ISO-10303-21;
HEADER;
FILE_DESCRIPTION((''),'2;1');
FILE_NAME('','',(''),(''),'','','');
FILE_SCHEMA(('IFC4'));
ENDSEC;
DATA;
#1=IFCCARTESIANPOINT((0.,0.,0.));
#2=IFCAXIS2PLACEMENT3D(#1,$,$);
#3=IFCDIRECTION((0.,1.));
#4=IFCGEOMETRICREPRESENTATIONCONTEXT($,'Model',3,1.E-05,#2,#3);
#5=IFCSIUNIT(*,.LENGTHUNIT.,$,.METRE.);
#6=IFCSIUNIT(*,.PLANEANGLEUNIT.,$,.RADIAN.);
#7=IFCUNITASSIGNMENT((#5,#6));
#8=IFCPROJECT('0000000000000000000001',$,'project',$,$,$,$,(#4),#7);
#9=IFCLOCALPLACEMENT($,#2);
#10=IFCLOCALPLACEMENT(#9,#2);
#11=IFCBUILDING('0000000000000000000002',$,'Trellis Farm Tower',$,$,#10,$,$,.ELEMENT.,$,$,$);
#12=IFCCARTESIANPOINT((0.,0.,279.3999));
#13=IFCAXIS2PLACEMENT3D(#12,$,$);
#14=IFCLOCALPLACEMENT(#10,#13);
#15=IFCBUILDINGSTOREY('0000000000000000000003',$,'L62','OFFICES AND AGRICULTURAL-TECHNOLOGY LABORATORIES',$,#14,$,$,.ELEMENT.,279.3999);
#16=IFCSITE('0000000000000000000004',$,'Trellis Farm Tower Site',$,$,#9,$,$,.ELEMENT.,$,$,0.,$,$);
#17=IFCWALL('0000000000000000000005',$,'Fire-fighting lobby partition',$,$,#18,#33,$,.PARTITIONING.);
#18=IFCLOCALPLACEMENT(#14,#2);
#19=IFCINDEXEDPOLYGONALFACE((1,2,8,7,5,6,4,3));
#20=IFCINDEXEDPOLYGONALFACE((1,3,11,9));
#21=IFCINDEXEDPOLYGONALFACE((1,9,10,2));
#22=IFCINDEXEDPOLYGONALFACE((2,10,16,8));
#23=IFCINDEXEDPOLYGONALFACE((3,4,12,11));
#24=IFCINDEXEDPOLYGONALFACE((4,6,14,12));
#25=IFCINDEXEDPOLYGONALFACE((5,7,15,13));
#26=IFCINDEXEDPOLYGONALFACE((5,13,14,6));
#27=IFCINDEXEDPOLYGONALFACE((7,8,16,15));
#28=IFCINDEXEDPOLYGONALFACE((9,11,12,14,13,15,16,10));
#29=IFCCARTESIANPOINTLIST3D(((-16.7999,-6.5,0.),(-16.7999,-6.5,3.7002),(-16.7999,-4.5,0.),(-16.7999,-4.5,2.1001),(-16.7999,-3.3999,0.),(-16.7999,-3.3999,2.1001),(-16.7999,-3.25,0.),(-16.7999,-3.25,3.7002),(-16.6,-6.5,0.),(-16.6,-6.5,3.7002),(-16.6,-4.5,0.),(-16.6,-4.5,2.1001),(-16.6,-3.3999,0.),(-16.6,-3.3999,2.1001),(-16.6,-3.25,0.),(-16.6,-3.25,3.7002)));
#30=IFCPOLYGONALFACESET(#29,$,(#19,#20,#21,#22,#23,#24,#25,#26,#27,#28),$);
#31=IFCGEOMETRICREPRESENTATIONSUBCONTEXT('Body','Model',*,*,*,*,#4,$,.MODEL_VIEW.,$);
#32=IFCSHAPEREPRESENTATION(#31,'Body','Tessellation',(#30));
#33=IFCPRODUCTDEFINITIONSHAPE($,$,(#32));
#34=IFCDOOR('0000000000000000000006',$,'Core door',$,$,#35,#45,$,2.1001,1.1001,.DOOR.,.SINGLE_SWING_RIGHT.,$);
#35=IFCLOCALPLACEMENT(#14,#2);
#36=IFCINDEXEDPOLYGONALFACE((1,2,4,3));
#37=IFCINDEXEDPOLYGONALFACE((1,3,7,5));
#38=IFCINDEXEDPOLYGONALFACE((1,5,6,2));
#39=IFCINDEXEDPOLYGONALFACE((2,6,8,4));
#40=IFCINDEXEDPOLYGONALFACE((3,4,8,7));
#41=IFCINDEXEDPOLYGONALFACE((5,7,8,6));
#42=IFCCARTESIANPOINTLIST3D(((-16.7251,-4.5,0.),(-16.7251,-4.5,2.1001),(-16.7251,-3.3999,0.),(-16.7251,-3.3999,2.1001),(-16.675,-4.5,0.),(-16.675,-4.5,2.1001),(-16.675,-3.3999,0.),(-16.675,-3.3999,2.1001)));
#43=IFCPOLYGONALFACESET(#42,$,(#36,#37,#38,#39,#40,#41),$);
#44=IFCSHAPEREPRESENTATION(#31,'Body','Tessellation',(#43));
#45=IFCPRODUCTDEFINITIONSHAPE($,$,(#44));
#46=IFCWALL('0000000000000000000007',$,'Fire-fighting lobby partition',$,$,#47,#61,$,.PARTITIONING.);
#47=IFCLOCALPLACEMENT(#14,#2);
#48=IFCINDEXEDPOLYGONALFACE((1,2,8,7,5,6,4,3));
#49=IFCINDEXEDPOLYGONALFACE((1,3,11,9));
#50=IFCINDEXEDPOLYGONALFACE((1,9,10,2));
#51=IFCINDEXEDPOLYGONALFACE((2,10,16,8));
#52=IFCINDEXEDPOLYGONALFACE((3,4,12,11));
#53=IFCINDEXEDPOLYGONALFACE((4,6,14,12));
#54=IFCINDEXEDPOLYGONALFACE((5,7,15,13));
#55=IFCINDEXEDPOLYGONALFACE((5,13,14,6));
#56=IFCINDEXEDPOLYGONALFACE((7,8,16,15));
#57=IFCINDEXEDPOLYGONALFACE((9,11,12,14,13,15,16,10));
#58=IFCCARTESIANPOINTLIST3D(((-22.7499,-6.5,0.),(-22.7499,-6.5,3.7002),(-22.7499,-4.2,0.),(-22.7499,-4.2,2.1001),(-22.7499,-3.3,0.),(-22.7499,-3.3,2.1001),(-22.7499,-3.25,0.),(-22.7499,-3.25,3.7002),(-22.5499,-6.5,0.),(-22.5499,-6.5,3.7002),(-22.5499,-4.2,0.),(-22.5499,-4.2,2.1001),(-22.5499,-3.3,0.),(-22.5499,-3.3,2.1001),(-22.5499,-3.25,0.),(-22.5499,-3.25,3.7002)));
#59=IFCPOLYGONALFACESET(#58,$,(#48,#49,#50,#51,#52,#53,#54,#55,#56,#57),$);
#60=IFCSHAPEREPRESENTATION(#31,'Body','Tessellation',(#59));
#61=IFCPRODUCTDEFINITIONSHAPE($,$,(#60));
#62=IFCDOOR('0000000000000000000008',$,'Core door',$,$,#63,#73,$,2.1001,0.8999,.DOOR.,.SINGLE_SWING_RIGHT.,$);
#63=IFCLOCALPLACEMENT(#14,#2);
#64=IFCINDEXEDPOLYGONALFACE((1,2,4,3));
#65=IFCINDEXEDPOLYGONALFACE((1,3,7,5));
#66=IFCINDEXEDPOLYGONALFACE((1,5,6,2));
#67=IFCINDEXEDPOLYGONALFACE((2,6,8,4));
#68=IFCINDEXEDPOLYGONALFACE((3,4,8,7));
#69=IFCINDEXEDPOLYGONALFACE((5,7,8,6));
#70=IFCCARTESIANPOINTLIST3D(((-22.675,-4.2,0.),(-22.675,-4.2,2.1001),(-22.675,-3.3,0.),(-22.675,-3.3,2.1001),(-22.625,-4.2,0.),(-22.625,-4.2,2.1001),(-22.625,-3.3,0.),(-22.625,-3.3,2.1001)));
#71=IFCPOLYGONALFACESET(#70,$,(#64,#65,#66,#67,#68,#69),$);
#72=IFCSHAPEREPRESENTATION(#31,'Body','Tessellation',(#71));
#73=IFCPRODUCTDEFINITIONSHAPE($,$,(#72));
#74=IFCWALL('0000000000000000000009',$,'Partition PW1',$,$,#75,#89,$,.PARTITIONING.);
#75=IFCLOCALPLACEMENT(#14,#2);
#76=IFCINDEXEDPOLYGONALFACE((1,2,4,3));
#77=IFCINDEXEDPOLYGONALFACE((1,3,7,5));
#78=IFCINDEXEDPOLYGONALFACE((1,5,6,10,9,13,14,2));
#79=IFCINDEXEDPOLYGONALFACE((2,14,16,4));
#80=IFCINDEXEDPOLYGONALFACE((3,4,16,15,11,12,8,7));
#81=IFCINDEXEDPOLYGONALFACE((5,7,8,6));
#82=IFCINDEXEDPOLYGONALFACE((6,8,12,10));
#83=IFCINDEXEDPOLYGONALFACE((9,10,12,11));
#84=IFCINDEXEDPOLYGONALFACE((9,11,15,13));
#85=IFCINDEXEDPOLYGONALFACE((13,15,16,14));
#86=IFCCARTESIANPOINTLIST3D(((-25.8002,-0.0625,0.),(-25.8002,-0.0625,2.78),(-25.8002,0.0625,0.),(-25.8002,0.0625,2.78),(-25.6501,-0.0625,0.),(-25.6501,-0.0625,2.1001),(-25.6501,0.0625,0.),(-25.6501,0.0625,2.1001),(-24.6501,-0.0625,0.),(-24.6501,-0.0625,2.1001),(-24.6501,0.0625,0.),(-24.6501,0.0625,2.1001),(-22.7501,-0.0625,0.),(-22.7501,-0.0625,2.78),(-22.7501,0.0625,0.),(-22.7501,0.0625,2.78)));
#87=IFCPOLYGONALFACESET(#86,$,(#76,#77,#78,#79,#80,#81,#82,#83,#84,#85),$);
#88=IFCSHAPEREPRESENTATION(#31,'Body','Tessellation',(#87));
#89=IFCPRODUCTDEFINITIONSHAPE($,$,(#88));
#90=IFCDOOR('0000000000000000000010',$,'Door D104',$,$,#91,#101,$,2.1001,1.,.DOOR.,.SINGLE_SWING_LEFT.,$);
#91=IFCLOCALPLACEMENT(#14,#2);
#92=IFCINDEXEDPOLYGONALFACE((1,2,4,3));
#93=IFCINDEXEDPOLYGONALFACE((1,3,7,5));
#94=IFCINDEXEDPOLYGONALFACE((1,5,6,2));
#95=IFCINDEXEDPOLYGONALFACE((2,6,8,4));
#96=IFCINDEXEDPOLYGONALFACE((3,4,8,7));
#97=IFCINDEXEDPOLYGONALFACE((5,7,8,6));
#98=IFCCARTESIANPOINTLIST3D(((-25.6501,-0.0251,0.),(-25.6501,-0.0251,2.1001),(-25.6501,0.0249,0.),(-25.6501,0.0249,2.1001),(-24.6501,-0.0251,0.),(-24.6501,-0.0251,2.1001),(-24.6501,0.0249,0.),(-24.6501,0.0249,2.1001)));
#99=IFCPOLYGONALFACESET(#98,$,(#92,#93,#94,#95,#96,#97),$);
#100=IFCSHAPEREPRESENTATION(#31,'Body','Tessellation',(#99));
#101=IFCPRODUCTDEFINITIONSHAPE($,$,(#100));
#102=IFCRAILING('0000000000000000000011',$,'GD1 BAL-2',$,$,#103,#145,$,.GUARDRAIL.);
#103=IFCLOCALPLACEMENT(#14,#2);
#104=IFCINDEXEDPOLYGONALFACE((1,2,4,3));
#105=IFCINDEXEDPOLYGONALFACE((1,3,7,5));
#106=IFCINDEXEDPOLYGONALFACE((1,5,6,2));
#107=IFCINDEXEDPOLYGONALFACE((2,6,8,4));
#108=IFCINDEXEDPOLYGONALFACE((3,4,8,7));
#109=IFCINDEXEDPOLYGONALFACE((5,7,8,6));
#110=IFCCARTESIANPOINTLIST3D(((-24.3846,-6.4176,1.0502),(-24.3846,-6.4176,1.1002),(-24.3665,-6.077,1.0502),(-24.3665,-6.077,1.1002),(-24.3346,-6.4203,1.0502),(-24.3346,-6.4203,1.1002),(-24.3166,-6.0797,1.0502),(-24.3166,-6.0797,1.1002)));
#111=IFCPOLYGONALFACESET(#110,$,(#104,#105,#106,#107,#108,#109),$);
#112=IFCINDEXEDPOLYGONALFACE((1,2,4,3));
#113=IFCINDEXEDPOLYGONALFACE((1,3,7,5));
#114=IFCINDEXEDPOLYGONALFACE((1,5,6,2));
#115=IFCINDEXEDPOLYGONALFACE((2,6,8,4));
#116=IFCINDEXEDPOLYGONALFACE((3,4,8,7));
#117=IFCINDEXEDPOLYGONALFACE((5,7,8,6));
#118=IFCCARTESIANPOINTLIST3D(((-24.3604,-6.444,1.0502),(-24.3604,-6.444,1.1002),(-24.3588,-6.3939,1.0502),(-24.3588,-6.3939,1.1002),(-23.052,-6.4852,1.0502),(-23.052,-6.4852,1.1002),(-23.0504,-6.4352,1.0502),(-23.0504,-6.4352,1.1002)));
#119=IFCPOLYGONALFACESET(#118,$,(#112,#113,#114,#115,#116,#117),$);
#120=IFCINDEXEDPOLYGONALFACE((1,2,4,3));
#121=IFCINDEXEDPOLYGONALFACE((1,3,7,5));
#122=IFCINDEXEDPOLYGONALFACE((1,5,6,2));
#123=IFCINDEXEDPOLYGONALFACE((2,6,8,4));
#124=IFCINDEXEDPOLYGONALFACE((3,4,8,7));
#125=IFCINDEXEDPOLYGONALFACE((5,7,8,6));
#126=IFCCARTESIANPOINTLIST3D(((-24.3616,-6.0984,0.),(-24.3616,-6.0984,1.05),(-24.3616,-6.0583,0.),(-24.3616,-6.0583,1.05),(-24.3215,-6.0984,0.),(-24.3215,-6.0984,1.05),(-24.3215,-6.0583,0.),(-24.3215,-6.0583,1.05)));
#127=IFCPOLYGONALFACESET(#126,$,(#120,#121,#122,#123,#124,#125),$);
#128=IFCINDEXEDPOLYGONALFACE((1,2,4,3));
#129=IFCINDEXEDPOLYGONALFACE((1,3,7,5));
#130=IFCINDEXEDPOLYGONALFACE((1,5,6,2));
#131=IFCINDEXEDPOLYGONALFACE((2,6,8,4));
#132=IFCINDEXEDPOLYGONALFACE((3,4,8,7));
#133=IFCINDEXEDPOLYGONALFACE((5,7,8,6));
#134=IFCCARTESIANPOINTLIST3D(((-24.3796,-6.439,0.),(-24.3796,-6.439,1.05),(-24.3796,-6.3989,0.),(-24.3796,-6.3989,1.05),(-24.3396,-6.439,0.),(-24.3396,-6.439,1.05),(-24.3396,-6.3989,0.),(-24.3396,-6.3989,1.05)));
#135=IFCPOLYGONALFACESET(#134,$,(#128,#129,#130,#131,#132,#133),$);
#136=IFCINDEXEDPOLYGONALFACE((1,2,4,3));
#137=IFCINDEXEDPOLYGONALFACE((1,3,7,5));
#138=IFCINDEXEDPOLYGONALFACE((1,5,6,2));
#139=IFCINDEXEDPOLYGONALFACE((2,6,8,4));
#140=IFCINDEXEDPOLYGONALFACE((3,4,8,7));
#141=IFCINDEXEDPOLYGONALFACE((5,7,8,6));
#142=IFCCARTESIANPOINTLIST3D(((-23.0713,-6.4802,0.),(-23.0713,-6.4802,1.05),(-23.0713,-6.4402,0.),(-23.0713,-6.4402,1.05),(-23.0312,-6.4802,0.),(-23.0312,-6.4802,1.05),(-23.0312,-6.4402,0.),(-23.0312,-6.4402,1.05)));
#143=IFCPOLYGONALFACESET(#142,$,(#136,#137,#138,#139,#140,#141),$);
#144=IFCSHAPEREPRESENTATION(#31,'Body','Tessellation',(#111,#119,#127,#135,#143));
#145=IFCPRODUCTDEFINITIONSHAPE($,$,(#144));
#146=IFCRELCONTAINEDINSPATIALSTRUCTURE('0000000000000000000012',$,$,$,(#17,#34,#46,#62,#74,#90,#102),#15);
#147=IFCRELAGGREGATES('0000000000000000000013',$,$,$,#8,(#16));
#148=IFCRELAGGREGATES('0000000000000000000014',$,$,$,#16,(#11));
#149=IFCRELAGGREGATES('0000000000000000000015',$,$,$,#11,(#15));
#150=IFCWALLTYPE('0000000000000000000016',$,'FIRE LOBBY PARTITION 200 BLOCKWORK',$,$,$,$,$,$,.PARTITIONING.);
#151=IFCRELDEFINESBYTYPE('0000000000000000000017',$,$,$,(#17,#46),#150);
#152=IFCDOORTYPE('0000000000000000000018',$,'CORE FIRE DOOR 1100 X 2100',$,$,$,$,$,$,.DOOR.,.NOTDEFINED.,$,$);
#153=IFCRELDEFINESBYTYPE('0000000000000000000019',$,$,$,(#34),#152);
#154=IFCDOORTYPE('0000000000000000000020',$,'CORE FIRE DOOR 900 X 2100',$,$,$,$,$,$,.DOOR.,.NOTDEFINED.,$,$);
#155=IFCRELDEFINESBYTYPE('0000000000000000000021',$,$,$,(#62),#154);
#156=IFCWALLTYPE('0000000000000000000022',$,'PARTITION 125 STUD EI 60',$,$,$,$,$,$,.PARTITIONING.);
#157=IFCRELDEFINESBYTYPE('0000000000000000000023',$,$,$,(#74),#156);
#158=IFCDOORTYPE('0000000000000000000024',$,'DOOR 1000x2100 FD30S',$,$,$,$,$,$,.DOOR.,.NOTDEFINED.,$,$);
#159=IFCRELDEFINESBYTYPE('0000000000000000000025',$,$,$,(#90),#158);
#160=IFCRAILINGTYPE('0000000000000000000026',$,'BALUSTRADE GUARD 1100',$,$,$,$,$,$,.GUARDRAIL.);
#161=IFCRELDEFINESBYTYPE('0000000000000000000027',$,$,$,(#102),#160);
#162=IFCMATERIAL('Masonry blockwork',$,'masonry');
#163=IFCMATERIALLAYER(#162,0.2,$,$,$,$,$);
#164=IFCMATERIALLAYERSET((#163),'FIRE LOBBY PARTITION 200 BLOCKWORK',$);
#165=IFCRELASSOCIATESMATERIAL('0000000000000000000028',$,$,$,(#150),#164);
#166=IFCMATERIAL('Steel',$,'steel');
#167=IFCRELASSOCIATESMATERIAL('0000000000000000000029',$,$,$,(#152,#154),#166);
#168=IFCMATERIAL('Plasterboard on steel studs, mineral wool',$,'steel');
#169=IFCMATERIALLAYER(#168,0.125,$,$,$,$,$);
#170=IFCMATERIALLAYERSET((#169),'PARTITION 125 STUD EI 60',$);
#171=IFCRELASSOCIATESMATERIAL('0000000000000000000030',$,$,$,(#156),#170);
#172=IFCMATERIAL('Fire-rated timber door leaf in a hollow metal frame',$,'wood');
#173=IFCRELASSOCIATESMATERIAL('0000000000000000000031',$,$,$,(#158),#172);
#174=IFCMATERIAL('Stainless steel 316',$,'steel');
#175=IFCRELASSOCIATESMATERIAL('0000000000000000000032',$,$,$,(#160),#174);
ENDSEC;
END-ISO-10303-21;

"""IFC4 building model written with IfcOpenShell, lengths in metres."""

from ifc_helpers import new_model, si_unit, direction, frame, frame_2d, origin, origin_2d, place, context, subcontext, project, spatial, rectangle, extrude, source, transform, mapped, material, layer, layer_set, type_object, element, fill, save


model = new_model("IFC4")

# Units and contexts
model_context = context("Model", 3, precision=1e-05, world=origin(), true_north=direction((0.0, 1.0)))
body_context = subcontext(model_context, "Body", "Model", "MODEL_VIEW")
ifc_project = project(units=[si_unit("LENGTHUNIT", "METRE"), si_unit("PLANEANGLEUNIT", "RADIAN")], contexts=[model_context])

# Site, building, storey
site_placement = place(None, origin())
site = spatial("IfcSite", under=ifc_project, at=site_placement, Name="Trellis Farm Tower Site", CompositionType="ELEMENT", RefElevation=0.0)
building_placement = place(site_placement, origin())
building = spatial("IfcBuilding", under=site, at=building_placement, Name="Trellis Farm Tower", CompositionType="ELEMENT")
storey_placement = place(building_placement, frame((0.0, 0.0, 279.3999)))
storey = spatial("IfcBuildingStorey", under=building, at=storey_placement, Name="L62", Description="OFFICES AND AGRICULTURAL-TECHNOLOGY LABORATORIES", CompositionType="ELEMENT", Elevation=279.3999)

# Walls, openings, doors
ifc_material_1 = material(Name="Masonry blockwork", Category="masonry")
ifc_layer_1 = layer(ifc_material_1, 0.2)
ifc_layer_set_1 = layer_set([ifc_layer_1], Name="FIRE LOBBY PARTITION 200 BLOCKWORK")
wall_type_1 = type_object("IfcWallType", Name="FIRE LOBBY PARTITION 200 BLOCKWORK", PredefinedType="PARTITIONING", material=ifc_layer_set_1)
shared_shape_1 = source(origin(), body_context, "Body", "SweptSolid", [
    extrude(rectangle(XDim=3.25, YDim=0.2, at=frame_2d((1.625, 0.0))), origin(), (0.0, 0.0, 1.0), 3.7002),
])
wall_1_placement = place(storey_placement, frame((-16.7, -3.25, 0.0), z_axis=(0.0, 0.0, 1.0), x_axis=(0.0, -1.0, 0.0)))
wall_1 = element("IfcWall", 1, at=wall_1_placement, inside=storey, type_object=wall_type_1, Name="Fire-fighting lobby partition", PredefinedType="PARTITIONING", context=body_context, shape_type="MappedRepresentation", body=[
    mapped(shared_shape_1, transform((0.0, 0.0, 0.0))),
])
shared_shape_2 = source(origin(), body_context, "Body", "SweptSolid", [
    extrude(rectangle(XDim=1.1001, YDim=2.1001, at=frame_2d((0.55, 1.05))), frame((0.0, 0.1101, 0.0), z_axis=(0.0, -1.0, 0.0), x_axis=(1.0, 0.0, 0.0)), (0.0, 0.0, 1.0), 0.2202),
])
opening_1_placement = place(wall_1_placement, frame((0.1499, 0.0, 0.0)))
opening_1 = element("IfcOpeningElement", 2, at=opening_1_placement, cuts=wall_1, PredefinedType="OPENING", context=body_context, shape_type="MappedRepresentation", body=[
    mapped(shared_shape_2, transform((0.0, 0.0, 0.0))),
])
ifc_material_2 = material(Name="Steel", Category="steel")
door_type_1 = type_object("IfcDoorType", Name="CORE FIRE DOOR 1100 X 2100", OperationType="NOTDEFINED", PredefinedType="DOOR", material=ifc_material_2)
shared_shape_3 = source(origin(), body_context, "Body", "SweptSolid", [
    extrude(rectangle(XDim=1.1001, YDim=2.1001, at=frame_2d((0.55, 1.05))), frame((0.0, 0.0249, 0.0), z_axis=(0.0, -1.0, 0.0), x_axis=(1.0, 0.0, 0.0)), (0.0, 0.0, 1.0), 0.05),
])
door_1_placement = place(opening_1_placement, origin())
door_1 = element("IfcDoor", 3, at=door_1_placement, inside=storey, type_object=door_type_1, Name="Core door", OperationType="SINGLE_SWING_RIGHT", OverallHeight=2.1001, OverallWidth=1.1001, PredefinedType="DOOR", context=body_context, shape_type="MappedRepresentation", body=[
    mapped(shared_shape_3, transform((0.0, 0.0, 0.0))),
])
fill(opening_1, door_1)
wall_2_placement = place(storey_placement, frame((-22.6499, -3.25, 0.0), z_axis=(0.0, 0.0, 1.0), x_axis=(0.0, -1.0, 0.0)))
wall_2 = element("IfcWall", 4, at=wall_2_placement, inside=storey, type_object=wall_type_1, Name="Fire-fighting lobby partition", PredefinedType="PARTITIONING", context=body_context, shape_type="MappedRepresentation", body=[
    mapped(shared_shape_1, transform((0.0, 0.0, 0.0))),
])
shared_shape_4 = source(origin(), body_context, "Body", "SweptSolid", [
    extrude(rectangle(XDim=0.8999, YDim=2.1001, at=frame_2d((0.45, 1.05))), frame((0.0, 0.1101, 0.0), z_axis=(0.0, -1.0, 0.0), x_axis=(1.0, 0.0, 0.0)), (0.0, 0.0, 1.0), 0.2202),
])
opening_2_placement = place(wall_2_placement, frame((0.05, 0.0, 0.0)))
opening_2 = element("IfcOpeningElement", 5, at=opening_2_placement, cuts=wall_2, PredefinedType="OPENING", context=body_context, shape_type="MappedRepresentation", body=[
    mapped(shared_shape_4, transform((0.0, 0.0, 0.0))),
])
door_type_2 = type_object("IfcDoorType", Name="CORE FIRE DOOR 900 X 2100", OperationType="NOTDEFINED", PredefinedType="DOOR", material=ifc_material_2)
shared_shape_5 = source(origin(), body_context, "Body", "SweptSolid", [
    extrude(rectangle(XDim=0.8999, YDim=2.1001, at=frame_2d((0.45, 1.05))), frame((0.0, 0.0249, 0.0), z_axis=(0.0, -1.0, 0.0), x_axis=(1.0, 0.0, 0.0)), (0.0, 0.0, 1.0), 0.05),
])
door_2_placement = place(opening_2_placement, origin())
door_2 = element("IfcDoor", 6, at=door_2_placement, inside=storey, type_object=door_type_2, Name="Core door", OperationType="SINGLE_SWING_RIGHT", OverallHeight=2.1001, OverallWidth=0.8999, PredefinedType="DOOR", context=body_context, shape_type="MappedRepresentation", body=[
    mapped(shared_shape_5, transform((0.0, 0.0, 0.0))),
])
fill(opening_2, door_2)
ifc_material_3 = material(Name="Plasterboard on steel studs, mineral wool", Category="steel")
ifc_layer_2 = layer(ifc_material_3, 0.125)
ifc_layer_set_2 = layer_set([ifc_layer_2], Name="PARTITION 125 STUD EI 60")
wall_type_2 = type_object("IfcWallType", Name="PARTITION 125 STUD EI 60", PredefinedType="PARTITIONING", material=ifc_layer_set_2)
shared_shape_6 = source(origin(), body_context, "Body", "SweptSolid", [
    extrude(rectangle(XDim=3.05, YDim=0.125, at=frame_2d((1.5249, 0.0))), origin(), (0.0, 0.0, 1.0), 2.78),
])
wall_3_placement = place(storey_placement, frame((-25.8, 0.0, 0.0), z_axis=(0.0, 0.0, 1.0), x_axis=(1.0, 0.0, 0.0)))
wall_3 = element("IfcWall", 7, at=wall_3_placement, inside=storey, type_object=wall_type_2, Name="Partition PW1", PredefinedType="PARTITIONING", context=body_context, shape_type="MappedRepresentation", body=[
    mapped(shared_shape_6, transform((0.0, 0.0, 0.0))),
])
shared_shape_7 = source(origin(), body_context, "Body", "SweptSolid", [
    extrude(rectangle(XDim=1.0, YDim=2.1001, at=frame_2d((0.5, 1.05))), frame((0.0, 0.0725, 0.0), z_axis=(0.0, -1.0, 0.0), x_axis=(1.0, 0.0, 0.0)), (0.0, 0.0, 1.0), 0.145),
])
opening_3_placement = place(wall_3_placement, frame((0.1499, 0.0, 0.0)))
opening_3 = element("IfcOpeningElement", 8, at=opening_3_placement, cuts=wall_3, PredefinedType="OPENING", context=body_context, shape_type="MappedRepresentation", body=[
    mapped(shared_shape_7, transform((0.0, 0.0, 0.0))),
])
ifc_material_4 = material(Name="Fire-rated timber door leaf in a hollow metal frame", Category="wood")
door_type_3 = type_object("IfcDoorType", Name="DOOR 1000x2100 FD30S", OperationType="NOTDEFINED", PredefinedType="DOOR", material=ifc_material_4)
shared_shape_8 = source(origin(), body_context, "Body", "SweptSolid", [
    extrude(rectangle(XDim=1.0, YDim=2.1001, at=frame_2d((0.5, 1.05))), frame((0.0, 0.0249, 0.0), z_axis=(0.0, -1.0, 0.0), x_axis=(1.0, 0.0, 0.0)), (0.0, 0.0, 1.0), 0.05),
])
door_3_placement = place(opening_3_placement, origin())
door_3 = element("IfcDoor", 9, at=door_3_placement, inside=storey, type_object=door_type_3, Name="Door D104", OperationType="SINGLE_SWING_LEFT", OverallHeight=2.1001, OverallWidth=1.0, PredefinedType="DOOR", context=body_context, shape_type="MappedRepresentation", body=[
    mapped(shared_shape_8, transform((0.0, 0.0, 0.0))),
])
fill(opening_3, door_3)

# Railing
ifc_material_5 = material(Name="Stainless steel 316", Category="steel")
railing_type = type_object("IfcRailingType", Name="BALUSTRADE GUARD 1100", PredefinedType="GUARDRAIL", material=ifc_material_5)
shared_shape_9 = source(origin(), body_context, "Body", "SweptSolid", [
    extrude(rectangle(XDim=0.05, YDim=0.05, at=origin_2d()), frame((0.0, 0.0, 1.0752), z_axis=(-0.052972, -0.998596, 0.0), x_axis=(0.998596, -0.052972, 0.0)), (0.0, 0.0, 1.0), 0.3411),
    extrude(rectangle(XDim=0.05, YDim=0.05, at=origin_2d()), frame((-0.0181, -0.3406, 1.0752), z_axis=(0.999503, -0.03152, 0.0), x_axis=(0.03152, 0.999503, 0.0)), (0.0, 0.0, 1.0), 1.3091),
    extrude(rectangle(XDim=0.04, YDim=0.04, at=origin_2d()), origin(), (0.0, 0.0, 1.0), 1.05),
    extrude(rectangle(XDim=0.04, YDim=0.04, at=origin_2d()), frame((-0.0181, -0.3406, 0.0)), (0.0, 0.0, 1.0), 1.05),
    extrude(rectangle(XDim=0.04, YDim=0.04, at=origin_2d()), frame((1.2903, -0.3818, 0.0)), (0.0, 0.0, 1.0), 1.05),
])
railing_placement = place(storey_placement, frame((-24.3416, -6.0784, 0.0)))
element("IfcRailing", 10, at=railing_placement, inside=storey, type_object=railing_type, Name="GD1 BAL-2", PredefinedType="GUARDRAIL", context=body_context, shape_type="MappedRepresentation", body=[
    mapped(shared_shape_9, transform((0.0, 0.0, 0.0))),
])

save(model, "model.ifc")
